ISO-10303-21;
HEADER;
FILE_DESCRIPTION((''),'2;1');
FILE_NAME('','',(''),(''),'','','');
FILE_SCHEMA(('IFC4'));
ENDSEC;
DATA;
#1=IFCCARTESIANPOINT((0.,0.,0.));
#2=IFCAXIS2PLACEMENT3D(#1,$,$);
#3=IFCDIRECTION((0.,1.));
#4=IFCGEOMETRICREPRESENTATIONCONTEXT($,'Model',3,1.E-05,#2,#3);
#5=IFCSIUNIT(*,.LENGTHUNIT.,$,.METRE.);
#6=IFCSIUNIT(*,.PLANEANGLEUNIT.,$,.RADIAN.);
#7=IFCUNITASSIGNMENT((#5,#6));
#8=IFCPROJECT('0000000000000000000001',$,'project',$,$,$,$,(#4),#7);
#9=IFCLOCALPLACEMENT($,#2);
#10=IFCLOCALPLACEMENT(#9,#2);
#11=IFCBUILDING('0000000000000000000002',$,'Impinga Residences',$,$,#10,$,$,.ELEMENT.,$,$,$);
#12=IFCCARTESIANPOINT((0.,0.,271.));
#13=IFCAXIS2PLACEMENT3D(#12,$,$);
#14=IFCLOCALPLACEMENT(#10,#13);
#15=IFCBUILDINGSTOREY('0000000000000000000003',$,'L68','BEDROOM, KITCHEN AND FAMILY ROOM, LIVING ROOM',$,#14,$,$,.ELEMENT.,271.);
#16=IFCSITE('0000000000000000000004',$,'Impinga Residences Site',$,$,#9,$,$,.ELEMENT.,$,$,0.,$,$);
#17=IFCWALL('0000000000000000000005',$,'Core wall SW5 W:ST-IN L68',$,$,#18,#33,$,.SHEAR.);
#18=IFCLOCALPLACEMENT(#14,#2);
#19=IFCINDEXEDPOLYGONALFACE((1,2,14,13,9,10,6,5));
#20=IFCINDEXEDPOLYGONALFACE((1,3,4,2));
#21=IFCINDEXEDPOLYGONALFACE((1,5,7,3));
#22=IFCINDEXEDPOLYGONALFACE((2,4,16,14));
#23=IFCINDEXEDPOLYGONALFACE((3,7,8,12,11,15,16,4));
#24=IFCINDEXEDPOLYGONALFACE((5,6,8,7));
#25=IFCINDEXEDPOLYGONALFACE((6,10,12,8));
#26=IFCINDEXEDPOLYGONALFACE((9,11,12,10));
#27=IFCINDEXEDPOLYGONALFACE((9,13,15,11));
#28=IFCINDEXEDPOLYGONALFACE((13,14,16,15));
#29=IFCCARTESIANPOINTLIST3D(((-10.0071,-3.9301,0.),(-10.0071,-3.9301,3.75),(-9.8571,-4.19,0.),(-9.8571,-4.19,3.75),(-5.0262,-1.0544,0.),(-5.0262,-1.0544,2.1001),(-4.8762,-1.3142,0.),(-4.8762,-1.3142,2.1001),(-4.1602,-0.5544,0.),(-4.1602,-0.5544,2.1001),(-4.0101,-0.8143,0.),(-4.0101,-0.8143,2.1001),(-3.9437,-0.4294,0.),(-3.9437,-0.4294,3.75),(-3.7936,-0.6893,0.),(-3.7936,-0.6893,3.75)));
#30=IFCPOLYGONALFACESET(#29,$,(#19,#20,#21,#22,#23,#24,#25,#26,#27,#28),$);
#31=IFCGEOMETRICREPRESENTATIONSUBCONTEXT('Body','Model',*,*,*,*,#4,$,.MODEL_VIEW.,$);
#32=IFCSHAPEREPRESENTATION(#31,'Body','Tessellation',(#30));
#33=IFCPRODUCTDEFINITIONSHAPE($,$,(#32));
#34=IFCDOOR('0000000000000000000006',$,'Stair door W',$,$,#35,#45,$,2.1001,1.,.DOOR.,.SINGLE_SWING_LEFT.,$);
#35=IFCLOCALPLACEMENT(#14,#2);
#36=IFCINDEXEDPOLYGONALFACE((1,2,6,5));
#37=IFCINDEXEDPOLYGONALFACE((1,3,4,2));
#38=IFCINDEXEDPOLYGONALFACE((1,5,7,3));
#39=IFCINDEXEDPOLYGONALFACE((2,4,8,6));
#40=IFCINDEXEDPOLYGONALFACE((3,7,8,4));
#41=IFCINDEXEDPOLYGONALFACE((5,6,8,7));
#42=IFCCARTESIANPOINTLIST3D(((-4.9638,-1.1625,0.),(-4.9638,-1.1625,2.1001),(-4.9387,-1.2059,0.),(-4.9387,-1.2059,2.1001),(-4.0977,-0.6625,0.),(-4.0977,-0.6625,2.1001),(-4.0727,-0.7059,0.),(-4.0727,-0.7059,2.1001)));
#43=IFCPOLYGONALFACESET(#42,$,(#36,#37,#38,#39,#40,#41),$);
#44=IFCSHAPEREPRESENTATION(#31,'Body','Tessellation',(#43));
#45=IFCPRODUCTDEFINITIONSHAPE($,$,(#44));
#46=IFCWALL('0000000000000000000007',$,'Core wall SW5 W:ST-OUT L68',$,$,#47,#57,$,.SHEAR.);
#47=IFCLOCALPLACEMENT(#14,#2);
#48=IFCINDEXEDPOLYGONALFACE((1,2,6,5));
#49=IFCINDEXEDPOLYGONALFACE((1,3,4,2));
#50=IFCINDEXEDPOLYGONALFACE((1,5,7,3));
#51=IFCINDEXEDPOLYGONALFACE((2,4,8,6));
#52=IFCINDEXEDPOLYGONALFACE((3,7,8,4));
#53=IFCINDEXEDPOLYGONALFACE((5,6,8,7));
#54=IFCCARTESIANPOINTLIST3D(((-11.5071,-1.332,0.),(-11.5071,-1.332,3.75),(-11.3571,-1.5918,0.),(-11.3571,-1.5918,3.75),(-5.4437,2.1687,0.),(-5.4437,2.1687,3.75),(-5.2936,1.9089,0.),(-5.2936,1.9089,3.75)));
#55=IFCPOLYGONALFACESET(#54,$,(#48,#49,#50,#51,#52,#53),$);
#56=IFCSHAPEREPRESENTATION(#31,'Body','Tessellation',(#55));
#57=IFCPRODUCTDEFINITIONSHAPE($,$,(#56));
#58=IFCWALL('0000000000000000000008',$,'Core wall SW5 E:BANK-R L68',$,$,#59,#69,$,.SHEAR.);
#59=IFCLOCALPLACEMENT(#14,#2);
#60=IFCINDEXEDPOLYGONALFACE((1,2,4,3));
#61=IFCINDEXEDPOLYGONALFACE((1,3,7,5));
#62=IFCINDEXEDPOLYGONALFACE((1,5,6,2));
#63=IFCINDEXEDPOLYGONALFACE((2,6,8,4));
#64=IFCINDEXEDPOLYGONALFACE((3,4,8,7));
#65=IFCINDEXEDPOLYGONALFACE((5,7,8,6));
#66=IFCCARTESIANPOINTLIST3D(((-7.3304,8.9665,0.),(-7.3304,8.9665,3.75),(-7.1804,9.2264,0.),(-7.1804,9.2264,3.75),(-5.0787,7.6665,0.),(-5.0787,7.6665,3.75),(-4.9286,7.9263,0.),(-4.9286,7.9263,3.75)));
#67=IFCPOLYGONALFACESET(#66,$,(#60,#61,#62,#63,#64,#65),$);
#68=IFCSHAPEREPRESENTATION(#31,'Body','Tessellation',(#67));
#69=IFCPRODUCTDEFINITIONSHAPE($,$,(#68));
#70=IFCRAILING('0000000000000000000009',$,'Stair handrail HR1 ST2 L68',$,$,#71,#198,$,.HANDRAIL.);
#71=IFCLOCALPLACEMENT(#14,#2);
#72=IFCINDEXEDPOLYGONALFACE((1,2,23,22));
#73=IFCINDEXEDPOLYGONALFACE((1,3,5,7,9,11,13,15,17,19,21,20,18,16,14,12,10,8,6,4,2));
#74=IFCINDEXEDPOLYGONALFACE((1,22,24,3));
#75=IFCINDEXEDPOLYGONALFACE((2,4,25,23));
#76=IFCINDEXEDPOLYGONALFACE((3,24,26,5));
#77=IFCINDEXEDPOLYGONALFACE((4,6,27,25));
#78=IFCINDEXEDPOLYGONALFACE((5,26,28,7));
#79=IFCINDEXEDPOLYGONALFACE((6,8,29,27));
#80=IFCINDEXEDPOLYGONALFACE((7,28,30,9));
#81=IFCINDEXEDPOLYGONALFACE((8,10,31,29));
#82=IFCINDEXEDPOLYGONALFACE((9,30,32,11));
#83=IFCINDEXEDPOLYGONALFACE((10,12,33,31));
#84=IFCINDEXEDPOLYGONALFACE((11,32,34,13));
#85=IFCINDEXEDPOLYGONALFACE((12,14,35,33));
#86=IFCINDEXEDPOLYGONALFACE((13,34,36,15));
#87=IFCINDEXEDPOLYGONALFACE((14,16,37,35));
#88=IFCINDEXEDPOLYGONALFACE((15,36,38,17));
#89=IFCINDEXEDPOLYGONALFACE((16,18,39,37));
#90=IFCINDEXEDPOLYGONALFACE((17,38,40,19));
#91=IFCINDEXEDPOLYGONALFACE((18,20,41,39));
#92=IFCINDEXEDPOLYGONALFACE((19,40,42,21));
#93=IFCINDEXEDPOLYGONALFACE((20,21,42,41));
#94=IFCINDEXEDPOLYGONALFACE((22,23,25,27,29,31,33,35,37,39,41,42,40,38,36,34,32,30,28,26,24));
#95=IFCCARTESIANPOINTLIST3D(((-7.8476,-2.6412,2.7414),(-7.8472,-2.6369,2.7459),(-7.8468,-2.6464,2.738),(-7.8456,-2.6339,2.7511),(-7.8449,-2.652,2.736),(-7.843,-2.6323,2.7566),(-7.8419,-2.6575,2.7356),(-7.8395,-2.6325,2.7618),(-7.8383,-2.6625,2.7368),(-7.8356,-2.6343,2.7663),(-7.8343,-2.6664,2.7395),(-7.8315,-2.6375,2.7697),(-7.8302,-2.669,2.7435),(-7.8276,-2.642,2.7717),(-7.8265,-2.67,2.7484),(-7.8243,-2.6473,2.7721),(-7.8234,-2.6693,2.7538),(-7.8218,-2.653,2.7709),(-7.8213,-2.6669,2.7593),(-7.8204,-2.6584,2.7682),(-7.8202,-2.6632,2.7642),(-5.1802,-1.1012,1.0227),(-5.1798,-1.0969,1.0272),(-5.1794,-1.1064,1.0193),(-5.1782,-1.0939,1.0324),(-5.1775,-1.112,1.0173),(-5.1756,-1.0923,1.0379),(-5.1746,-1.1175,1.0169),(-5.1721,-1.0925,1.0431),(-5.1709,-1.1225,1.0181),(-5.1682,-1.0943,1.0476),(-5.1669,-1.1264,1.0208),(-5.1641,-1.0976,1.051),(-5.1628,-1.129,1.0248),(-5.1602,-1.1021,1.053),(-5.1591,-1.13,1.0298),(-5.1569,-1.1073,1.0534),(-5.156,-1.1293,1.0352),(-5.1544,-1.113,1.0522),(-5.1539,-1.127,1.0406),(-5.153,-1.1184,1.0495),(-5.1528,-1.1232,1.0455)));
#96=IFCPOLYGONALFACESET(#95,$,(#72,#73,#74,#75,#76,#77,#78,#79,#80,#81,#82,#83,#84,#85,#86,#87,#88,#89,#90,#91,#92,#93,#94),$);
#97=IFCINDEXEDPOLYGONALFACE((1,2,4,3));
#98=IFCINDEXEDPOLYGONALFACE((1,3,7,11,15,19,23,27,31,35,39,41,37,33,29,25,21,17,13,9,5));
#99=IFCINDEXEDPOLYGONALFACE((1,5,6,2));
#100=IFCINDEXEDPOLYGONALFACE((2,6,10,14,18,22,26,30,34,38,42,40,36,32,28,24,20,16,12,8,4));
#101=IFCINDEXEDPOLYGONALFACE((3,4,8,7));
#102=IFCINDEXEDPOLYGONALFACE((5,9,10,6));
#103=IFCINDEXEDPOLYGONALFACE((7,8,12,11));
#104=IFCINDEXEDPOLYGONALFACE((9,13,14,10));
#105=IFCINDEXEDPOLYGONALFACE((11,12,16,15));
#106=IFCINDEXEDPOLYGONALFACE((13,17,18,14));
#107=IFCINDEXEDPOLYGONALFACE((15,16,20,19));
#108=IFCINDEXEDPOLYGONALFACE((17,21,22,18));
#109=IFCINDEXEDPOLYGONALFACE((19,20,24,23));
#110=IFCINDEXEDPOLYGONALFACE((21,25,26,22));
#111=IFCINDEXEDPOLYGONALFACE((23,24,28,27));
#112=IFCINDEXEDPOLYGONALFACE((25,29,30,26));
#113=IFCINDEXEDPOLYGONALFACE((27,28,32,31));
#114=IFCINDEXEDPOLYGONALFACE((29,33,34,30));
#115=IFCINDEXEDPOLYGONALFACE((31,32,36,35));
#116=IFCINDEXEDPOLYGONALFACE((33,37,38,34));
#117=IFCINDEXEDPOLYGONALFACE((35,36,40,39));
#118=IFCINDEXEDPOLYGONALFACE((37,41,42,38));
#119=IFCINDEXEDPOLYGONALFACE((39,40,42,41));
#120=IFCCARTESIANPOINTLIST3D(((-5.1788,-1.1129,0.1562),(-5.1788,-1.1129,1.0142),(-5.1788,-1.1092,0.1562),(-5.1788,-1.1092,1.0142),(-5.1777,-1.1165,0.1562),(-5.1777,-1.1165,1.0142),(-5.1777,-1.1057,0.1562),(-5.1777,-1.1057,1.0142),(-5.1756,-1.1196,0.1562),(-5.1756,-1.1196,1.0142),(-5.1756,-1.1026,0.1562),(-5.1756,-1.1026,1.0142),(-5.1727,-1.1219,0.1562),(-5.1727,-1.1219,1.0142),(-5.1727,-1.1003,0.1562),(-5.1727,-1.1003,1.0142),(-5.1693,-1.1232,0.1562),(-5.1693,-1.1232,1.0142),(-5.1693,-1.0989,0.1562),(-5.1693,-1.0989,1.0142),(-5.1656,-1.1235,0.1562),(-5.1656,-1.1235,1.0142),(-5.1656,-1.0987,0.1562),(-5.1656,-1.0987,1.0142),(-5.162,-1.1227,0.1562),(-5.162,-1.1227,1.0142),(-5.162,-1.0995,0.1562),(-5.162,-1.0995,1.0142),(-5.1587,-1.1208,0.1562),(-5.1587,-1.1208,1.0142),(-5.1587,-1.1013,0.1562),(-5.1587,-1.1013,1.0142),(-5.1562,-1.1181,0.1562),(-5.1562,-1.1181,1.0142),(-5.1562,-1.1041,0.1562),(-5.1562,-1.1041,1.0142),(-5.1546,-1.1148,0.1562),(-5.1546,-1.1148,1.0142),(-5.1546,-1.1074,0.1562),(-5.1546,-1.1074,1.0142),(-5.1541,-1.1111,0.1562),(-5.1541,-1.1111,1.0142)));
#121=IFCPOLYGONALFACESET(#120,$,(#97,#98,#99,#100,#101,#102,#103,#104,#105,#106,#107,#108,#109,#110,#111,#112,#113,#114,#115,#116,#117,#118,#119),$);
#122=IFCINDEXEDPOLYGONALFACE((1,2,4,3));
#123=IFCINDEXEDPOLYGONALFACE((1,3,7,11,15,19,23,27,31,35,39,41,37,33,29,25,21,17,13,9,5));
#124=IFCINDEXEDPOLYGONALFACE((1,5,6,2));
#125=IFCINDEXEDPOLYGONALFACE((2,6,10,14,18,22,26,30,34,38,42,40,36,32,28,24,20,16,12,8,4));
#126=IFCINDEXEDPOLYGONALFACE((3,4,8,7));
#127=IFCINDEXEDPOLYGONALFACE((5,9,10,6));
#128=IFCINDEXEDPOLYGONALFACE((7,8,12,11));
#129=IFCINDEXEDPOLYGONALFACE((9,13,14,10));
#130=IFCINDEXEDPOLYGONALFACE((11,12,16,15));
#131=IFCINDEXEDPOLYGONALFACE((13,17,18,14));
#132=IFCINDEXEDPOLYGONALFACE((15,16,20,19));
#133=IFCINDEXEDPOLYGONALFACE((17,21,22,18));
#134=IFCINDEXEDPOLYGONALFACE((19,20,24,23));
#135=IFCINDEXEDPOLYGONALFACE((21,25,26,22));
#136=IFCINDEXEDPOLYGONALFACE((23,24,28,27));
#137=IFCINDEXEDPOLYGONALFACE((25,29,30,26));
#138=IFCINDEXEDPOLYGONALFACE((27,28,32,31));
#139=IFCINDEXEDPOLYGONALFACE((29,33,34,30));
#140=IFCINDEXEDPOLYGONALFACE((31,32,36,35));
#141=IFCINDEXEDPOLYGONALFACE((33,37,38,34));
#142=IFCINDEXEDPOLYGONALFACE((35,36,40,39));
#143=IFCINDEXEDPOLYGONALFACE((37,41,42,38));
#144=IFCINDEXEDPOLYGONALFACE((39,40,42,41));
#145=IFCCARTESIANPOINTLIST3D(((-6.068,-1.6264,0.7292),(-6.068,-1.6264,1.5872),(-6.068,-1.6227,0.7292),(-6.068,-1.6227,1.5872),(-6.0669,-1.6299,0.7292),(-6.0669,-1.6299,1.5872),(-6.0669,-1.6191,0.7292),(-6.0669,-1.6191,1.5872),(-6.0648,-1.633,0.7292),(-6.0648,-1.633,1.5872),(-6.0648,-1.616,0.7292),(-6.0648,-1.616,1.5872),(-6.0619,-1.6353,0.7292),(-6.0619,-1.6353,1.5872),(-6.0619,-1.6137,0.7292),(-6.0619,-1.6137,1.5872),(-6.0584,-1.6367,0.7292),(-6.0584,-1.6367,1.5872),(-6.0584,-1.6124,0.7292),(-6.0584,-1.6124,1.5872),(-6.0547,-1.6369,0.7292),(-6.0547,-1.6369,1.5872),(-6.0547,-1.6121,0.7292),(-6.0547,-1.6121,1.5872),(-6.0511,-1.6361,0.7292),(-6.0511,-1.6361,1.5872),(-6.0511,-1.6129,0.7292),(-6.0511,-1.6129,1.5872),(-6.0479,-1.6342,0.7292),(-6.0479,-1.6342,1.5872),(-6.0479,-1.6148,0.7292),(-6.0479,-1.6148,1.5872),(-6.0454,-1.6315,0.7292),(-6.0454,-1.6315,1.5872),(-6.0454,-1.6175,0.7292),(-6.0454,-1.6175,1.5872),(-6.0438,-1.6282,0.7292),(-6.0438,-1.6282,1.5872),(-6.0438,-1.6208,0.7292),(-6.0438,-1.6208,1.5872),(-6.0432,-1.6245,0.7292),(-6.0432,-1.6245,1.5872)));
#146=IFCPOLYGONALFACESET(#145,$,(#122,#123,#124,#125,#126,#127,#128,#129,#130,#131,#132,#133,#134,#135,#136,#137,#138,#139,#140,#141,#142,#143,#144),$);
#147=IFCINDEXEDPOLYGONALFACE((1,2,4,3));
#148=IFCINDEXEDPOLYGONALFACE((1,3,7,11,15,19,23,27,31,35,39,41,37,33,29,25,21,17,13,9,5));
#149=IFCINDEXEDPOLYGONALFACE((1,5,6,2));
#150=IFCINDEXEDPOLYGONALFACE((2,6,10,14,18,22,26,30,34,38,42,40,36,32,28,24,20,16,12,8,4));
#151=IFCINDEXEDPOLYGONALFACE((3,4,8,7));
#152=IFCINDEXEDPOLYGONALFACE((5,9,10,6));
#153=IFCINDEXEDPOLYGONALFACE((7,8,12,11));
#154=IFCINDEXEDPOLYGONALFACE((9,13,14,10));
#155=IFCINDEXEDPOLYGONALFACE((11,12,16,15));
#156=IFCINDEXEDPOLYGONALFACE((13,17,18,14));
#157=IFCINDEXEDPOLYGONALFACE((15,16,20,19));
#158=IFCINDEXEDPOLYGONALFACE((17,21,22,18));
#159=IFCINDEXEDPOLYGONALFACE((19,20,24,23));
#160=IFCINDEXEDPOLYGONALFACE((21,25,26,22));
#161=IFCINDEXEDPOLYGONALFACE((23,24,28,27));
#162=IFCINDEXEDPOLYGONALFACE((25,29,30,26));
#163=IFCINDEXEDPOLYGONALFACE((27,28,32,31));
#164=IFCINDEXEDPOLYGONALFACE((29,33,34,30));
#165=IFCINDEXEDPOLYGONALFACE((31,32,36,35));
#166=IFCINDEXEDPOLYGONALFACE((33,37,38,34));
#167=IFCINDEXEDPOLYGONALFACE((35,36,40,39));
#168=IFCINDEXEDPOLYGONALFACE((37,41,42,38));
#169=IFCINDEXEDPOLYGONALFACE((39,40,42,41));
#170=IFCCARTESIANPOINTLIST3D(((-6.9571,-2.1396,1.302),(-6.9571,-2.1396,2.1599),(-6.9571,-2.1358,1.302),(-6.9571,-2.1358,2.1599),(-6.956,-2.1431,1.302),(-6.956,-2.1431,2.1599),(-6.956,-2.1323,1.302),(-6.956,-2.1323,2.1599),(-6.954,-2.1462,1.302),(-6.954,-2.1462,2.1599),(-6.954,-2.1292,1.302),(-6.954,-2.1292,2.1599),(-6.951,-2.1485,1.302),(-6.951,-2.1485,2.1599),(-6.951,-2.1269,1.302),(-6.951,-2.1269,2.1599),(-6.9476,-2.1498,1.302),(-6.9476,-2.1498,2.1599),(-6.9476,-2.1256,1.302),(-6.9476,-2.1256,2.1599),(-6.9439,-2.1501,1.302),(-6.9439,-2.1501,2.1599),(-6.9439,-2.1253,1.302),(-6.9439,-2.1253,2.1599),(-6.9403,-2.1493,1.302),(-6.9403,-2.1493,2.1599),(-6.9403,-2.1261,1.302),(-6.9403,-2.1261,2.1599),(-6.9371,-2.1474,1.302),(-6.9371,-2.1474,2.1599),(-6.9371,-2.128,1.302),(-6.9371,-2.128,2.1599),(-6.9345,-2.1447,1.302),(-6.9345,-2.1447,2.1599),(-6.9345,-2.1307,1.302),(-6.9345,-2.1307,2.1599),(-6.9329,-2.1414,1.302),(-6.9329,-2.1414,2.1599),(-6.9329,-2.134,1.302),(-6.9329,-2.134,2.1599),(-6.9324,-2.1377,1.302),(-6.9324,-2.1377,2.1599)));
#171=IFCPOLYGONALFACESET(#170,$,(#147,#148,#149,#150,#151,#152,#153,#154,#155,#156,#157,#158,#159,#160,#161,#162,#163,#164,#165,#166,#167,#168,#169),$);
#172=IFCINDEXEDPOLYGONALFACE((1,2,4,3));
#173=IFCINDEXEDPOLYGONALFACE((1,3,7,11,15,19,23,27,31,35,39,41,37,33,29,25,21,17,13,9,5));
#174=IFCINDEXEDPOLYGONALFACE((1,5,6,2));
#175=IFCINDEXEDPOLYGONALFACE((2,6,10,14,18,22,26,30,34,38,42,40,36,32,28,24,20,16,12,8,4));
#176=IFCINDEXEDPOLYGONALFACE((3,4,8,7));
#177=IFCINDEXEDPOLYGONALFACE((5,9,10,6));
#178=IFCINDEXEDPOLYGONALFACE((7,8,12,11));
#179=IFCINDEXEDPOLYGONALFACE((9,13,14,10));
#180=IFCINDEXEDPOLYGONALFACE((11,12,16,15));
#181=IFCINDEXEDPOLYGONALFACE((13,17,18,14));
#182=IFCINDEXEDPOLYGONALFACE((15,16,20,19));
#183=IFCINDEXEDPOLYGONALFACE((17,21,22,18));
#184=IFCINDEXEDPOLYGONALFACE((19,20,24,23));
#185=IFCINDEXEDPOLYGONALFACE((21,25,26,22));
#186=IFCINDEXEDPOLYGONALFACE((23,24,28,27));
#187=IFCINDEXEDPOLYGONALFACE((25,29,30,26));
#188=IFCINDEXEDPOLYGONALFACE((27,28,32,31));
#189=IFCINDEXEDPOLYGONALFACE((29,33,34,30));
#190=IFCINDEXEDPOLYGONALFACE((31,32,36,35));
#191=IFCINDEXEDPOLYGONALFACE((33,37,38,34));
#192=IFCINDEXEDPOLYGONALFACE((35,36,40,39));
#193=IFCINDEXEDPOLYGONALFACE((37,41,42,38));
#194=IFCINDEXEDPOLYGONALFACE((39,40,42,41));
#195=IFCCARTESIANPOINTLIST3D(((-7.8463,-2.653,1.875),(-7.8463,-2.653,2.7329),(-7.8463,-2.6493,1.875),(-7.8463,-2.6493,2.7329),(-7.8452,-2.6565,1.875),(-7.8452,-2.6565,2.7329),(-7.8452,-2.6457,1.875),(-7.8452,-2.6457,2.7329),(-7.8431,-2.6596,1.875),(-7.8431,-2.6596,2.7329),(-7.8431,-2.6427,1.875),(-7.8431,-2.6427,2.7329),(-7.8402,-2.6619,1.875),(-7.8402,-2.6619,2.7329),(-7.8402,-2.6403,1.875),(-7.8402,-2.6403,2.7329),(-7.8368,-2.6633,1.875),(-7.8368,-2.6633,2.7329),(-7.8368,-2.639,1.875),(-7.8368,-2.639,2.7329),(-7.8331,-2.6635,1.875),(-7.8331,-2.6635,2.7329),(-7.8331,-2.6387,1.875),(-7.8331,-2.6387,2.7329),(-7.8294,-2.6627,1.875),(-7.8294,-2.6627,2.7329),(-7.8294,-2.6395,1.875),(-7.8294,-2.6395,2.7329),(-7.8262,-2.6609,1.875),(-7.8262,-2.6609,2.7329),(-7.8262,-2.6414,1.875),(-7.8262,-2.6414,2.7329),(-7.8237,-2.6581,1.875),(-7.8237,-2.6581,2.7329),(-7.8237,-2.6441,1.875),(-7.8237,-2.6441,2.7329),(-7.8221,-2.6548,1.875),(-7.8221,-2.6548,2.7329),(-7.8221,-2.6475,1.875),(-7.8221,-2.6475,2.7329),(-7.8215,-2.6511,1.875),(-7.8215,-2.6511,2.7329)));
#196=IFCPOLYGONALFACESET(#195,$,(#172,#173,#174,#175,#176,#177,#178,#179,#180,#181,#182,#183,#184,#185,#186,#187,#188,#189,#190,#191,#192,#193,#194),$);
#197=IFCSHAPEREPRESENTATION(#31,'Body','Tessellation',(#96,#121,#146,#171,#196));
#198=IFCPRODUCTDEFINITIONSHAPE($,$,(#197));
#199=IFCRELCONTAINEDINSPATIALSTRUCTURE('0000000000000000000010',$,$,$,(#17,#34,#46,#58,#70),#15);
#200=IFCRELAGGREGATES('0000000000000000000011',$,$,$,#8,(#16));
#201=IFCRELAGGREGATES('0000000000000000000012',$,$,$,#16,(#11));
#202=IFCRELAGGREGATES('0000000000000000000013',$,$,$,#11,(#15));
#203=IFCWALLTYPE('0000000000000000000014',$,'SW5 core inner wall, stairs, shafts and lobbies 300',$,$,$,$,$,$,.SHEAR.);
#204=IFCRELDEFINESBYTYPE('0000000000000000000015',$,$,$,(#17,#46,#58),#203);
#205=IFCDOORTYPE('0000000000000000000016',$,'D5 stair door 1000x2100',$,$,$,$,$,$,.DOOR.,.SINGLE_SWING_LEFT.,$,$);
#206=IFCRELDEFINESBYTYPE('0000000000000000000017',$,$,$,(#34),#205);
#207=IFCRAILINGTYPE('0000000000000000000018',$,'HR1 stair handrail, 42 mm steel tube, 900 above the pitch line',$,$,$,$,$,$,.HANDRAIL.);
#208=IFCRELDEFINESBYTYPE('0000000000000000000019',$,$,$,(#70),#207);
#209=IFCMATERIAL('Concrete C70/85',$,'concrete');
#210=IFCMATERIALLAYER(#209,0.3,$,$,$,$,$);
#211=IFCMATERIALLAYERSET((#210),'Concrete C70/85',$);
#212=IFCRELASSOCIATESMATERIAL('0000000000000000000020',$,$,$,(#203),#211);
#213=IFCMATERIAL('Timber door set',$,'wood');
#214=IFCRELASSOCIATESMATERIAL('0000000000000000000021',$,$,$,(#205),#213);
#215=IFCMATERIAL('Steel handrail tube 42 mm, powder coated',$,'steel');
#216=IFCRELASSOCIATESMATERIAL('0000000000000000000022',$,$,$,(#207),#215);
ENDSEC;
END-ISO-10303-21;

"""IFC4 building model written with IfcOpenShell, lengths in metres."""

from ifc_helpers import new_model, si_unit, direction, frame, frame_2d, origin, origin_2d, place, context, subcontext, project, spatial, rectangle, circle, extrude, material, layer, layer_set, type_object, element, fill, save


model = new_model("IFC4")

# Units and contexts
model_context = context("Model", 3, precision=1e-05, world=origin(), true_north=direction((0.0, 1.0)))
body_context = subcontext(model_context, "Body", "Model", "MODEL_VIEW")
ifc_project = project(units=[si_unit("LENGTHUNIT", "METRE"), si_unit("PLANEANGLEUNIT", "RADIAN")], contexts=[model_context])

# Site, building, storey
site_placement = place(None, origin())
site = spatial("IfcSite", under=ifc_project, at=site_placement, Name="Impinga Residences Site", CompositionType="ELEMENT", RefElevation=0.0)
building_placement = place(site_placement, origin())
building = spatial("IfcBuilding", under=site, at=building_placement, Name="Impinga Residences", CompositionType="ELEMENT")
storey_placement = place(building_placement, frame((0.0, 0.0, 271.0)))
storey = spatial("IfcBuildingStorey", under=building, at=storey_placement, Name="L68", Description="BEDROOM, KITCHEN AND FAMILY ROOM, LIVING ROOM", CompositionType="ELEMENT", Elevation=271.0)

# Shared definitions
ifc_material_1 = material(Name="Concrete C70/85", Category="concrete")
ifc_layer_1 = layer(ifc_material_1, 0.3)
ifc_layer_set_1 = layer_set([ifc_layer_1], Name="Concrete C70/85")
wall_type_1 = type_object("IfcWallType", Name="SW5 core inner wall, stairs, shafts and lobbies 300", PredefinedType="SHEAR", material=ifc_layer_set_1)
ifc_material_2 = material(Name="Timber door set", Category="wood")

# Wall, opening, door
wall_1_placement = place(storey_placement, frame((-3.8687, -0.5593, 0.0), z_axis=(0.0, 0.0, 1.0), x_axis=(-0.866026, -0.499998, 0.0)))
wall_1 = element("IfcWall", 1, at=wall_1_placement, inside=storey, type_object=wall_type_1, Name="Core wall SW5 W:ST-IN L68", PredefinedType="SHEAR", context=body_context, shape_type="SweptSolid", body=[
    extrude(rectangle(XDim=7.0015, YDim=0.3, at=frame_2d((3.5007, 0.0))), origin(), (0.0, 0.0, 1.0), 3.75),
])
opening_1_placement = place(wall_1_placement, frame((0.25, 0.0, 0.0)))
opening_1 = element("IfcOpeningElement", 2, at=opening_1_placement, cuts=wall_1, PredefinedType="OPENING", context=body_context, shape_type="SweptSolid", body=[
    extrude(rectangle(XDim=1.0, YDim=2.1001, at=frame_2d((0.5, 1.05))), frame((0.0, 0.1599, 0.0), z_axis=(0.0, -1.0, 0.0), x_axis=(1.0, 0.0, 0.0)), (0.0, 0.0, 1.0), 0.3201),
])
door_type_1 = type_object("IfcDoorType", Name="D5 stair door 1000x2100", OperationType="SINGLE_SWING_LEFT", PredefinedType="DOOR", material=ifc_material_2)
door_1_placement = place(opening_1_placement, origin())
door_1 = element("IfcDoor", 3, at=door_1_placement, inside=storey, type_object=door_type_1, Name="Stair door W", OperationType="SINGLE_SWING_LEFT", OverallHeight=2.1001, OverallWidth=1.0, PredefinedType="DOOR", context=body_context, shape_type="SweptSolid", body=[
    extrude(rectangle(XDim=1.0, YDim=2.1001, at=frame_2d((0.5, 1.05))), frame((0.0, 0.0249, 0.0), z_axis=(0.0, -1.0, 0.0), x_axis=(1.0, 0.0, 0.0)), (0.0, 0.0, 1.0), 0.05),
])
fill(opening_1, door_1)

# Walls
wall_2_placement = place(storey_placement, frame((-5.3687, 2.0388, 0.0), z_axis=(0.0, 0.0, 1.0), x_axis=(-0.866026, -0.499998, 0.0)))
element("IfcWall", 4, at=wall_2_placement, inside=storey, type_object=wall_type_1, Name="Core wall SW5 W:ST-OUT L68", PredefinedType="SHEAR", context=body_context, shape_type="SweptSolid", body=[
    extrude(rectangle(XDim=7.0015, YDim=0.3, at=frame_2d((3.5007, 0.0))), origin(), (0.0, 0.0, 1.0), 3.75),
])
wall_3_placement = place(storey_placement, frame((-5.0037, 7.7964, 0.0), z_axis=(0.0, 0.0, 1.0), x_axis=(-0.866021, 0.500007, 0.0)))
element("IfcWall", 5, at=wall_3_placement, inside=storey, type_object=wall_type_1, Name="Core wall SW5 E:BANK-R L68", PredefinedType="SHEAR", context=body_context, shape_type="SweptSolid", body=[
    extrude(rectangle(XDim=2.6001, YDim=0.3, at=frame_2d((1.3, 0.0))), origin(), (0.0, 0.0, 1.0), 3.75),
])

# Railing
ifc_material_3 = material(Name="Steel handrail tube 42 mm, powder coated", Category="steel")
railing_type = type_object("IfcRailingType", Name="HR1 stair handrail, 42 mm steel tube, 900 above the pitch line", PredefinedType="HANDRAIL", material=ifc_material_3)
railing_placement = place(storey_placement, frame((-5.1665, -1.1111, 0.1562)))
element("IfcRailing", 6, at=railing_placement, inside=storey, type_object=railing_type, Name="Stair handrail HR1 ST2 L68", PredefinedType="HANDRAIL", context=body_context, shape_type="SweptSolid", body=[
    extrude(circle(Radius=0.021, at=origin_2d()), frame((0.0, 0.0, 0.8789), z_axis=(-0.756256, -0.436616, 0.487282), x_axis=(0.499992, -0.86603, 0.0)), (0.0, 0.0, 1.0), 3.5271),
    extrude(circle(Radius=0.0125, at=origin_2d()), origin(), (0.0, 0.0, 1.0), 0.8579),
    extrude(circle(Radius=0.0125, at=origin_2d()), frame((-0.8892, -0.5134, 0.573)), (0.0, 0.0, 1.0), 0.8579),
    extrude(circle(Radius=0.0125, at=origin_2d()), frame((-1.7783, -1.0266, 1.1458)), (0.0, 0.0, 1.0), 0.8579),
    extrude(circle(Radius=0.0125, at=origin_2d()), frame((-2.6675, -1.54, 1.7188)), (0.0, 0.0, 1.0), 0.8579),
])

save(model, "model.ifc")
